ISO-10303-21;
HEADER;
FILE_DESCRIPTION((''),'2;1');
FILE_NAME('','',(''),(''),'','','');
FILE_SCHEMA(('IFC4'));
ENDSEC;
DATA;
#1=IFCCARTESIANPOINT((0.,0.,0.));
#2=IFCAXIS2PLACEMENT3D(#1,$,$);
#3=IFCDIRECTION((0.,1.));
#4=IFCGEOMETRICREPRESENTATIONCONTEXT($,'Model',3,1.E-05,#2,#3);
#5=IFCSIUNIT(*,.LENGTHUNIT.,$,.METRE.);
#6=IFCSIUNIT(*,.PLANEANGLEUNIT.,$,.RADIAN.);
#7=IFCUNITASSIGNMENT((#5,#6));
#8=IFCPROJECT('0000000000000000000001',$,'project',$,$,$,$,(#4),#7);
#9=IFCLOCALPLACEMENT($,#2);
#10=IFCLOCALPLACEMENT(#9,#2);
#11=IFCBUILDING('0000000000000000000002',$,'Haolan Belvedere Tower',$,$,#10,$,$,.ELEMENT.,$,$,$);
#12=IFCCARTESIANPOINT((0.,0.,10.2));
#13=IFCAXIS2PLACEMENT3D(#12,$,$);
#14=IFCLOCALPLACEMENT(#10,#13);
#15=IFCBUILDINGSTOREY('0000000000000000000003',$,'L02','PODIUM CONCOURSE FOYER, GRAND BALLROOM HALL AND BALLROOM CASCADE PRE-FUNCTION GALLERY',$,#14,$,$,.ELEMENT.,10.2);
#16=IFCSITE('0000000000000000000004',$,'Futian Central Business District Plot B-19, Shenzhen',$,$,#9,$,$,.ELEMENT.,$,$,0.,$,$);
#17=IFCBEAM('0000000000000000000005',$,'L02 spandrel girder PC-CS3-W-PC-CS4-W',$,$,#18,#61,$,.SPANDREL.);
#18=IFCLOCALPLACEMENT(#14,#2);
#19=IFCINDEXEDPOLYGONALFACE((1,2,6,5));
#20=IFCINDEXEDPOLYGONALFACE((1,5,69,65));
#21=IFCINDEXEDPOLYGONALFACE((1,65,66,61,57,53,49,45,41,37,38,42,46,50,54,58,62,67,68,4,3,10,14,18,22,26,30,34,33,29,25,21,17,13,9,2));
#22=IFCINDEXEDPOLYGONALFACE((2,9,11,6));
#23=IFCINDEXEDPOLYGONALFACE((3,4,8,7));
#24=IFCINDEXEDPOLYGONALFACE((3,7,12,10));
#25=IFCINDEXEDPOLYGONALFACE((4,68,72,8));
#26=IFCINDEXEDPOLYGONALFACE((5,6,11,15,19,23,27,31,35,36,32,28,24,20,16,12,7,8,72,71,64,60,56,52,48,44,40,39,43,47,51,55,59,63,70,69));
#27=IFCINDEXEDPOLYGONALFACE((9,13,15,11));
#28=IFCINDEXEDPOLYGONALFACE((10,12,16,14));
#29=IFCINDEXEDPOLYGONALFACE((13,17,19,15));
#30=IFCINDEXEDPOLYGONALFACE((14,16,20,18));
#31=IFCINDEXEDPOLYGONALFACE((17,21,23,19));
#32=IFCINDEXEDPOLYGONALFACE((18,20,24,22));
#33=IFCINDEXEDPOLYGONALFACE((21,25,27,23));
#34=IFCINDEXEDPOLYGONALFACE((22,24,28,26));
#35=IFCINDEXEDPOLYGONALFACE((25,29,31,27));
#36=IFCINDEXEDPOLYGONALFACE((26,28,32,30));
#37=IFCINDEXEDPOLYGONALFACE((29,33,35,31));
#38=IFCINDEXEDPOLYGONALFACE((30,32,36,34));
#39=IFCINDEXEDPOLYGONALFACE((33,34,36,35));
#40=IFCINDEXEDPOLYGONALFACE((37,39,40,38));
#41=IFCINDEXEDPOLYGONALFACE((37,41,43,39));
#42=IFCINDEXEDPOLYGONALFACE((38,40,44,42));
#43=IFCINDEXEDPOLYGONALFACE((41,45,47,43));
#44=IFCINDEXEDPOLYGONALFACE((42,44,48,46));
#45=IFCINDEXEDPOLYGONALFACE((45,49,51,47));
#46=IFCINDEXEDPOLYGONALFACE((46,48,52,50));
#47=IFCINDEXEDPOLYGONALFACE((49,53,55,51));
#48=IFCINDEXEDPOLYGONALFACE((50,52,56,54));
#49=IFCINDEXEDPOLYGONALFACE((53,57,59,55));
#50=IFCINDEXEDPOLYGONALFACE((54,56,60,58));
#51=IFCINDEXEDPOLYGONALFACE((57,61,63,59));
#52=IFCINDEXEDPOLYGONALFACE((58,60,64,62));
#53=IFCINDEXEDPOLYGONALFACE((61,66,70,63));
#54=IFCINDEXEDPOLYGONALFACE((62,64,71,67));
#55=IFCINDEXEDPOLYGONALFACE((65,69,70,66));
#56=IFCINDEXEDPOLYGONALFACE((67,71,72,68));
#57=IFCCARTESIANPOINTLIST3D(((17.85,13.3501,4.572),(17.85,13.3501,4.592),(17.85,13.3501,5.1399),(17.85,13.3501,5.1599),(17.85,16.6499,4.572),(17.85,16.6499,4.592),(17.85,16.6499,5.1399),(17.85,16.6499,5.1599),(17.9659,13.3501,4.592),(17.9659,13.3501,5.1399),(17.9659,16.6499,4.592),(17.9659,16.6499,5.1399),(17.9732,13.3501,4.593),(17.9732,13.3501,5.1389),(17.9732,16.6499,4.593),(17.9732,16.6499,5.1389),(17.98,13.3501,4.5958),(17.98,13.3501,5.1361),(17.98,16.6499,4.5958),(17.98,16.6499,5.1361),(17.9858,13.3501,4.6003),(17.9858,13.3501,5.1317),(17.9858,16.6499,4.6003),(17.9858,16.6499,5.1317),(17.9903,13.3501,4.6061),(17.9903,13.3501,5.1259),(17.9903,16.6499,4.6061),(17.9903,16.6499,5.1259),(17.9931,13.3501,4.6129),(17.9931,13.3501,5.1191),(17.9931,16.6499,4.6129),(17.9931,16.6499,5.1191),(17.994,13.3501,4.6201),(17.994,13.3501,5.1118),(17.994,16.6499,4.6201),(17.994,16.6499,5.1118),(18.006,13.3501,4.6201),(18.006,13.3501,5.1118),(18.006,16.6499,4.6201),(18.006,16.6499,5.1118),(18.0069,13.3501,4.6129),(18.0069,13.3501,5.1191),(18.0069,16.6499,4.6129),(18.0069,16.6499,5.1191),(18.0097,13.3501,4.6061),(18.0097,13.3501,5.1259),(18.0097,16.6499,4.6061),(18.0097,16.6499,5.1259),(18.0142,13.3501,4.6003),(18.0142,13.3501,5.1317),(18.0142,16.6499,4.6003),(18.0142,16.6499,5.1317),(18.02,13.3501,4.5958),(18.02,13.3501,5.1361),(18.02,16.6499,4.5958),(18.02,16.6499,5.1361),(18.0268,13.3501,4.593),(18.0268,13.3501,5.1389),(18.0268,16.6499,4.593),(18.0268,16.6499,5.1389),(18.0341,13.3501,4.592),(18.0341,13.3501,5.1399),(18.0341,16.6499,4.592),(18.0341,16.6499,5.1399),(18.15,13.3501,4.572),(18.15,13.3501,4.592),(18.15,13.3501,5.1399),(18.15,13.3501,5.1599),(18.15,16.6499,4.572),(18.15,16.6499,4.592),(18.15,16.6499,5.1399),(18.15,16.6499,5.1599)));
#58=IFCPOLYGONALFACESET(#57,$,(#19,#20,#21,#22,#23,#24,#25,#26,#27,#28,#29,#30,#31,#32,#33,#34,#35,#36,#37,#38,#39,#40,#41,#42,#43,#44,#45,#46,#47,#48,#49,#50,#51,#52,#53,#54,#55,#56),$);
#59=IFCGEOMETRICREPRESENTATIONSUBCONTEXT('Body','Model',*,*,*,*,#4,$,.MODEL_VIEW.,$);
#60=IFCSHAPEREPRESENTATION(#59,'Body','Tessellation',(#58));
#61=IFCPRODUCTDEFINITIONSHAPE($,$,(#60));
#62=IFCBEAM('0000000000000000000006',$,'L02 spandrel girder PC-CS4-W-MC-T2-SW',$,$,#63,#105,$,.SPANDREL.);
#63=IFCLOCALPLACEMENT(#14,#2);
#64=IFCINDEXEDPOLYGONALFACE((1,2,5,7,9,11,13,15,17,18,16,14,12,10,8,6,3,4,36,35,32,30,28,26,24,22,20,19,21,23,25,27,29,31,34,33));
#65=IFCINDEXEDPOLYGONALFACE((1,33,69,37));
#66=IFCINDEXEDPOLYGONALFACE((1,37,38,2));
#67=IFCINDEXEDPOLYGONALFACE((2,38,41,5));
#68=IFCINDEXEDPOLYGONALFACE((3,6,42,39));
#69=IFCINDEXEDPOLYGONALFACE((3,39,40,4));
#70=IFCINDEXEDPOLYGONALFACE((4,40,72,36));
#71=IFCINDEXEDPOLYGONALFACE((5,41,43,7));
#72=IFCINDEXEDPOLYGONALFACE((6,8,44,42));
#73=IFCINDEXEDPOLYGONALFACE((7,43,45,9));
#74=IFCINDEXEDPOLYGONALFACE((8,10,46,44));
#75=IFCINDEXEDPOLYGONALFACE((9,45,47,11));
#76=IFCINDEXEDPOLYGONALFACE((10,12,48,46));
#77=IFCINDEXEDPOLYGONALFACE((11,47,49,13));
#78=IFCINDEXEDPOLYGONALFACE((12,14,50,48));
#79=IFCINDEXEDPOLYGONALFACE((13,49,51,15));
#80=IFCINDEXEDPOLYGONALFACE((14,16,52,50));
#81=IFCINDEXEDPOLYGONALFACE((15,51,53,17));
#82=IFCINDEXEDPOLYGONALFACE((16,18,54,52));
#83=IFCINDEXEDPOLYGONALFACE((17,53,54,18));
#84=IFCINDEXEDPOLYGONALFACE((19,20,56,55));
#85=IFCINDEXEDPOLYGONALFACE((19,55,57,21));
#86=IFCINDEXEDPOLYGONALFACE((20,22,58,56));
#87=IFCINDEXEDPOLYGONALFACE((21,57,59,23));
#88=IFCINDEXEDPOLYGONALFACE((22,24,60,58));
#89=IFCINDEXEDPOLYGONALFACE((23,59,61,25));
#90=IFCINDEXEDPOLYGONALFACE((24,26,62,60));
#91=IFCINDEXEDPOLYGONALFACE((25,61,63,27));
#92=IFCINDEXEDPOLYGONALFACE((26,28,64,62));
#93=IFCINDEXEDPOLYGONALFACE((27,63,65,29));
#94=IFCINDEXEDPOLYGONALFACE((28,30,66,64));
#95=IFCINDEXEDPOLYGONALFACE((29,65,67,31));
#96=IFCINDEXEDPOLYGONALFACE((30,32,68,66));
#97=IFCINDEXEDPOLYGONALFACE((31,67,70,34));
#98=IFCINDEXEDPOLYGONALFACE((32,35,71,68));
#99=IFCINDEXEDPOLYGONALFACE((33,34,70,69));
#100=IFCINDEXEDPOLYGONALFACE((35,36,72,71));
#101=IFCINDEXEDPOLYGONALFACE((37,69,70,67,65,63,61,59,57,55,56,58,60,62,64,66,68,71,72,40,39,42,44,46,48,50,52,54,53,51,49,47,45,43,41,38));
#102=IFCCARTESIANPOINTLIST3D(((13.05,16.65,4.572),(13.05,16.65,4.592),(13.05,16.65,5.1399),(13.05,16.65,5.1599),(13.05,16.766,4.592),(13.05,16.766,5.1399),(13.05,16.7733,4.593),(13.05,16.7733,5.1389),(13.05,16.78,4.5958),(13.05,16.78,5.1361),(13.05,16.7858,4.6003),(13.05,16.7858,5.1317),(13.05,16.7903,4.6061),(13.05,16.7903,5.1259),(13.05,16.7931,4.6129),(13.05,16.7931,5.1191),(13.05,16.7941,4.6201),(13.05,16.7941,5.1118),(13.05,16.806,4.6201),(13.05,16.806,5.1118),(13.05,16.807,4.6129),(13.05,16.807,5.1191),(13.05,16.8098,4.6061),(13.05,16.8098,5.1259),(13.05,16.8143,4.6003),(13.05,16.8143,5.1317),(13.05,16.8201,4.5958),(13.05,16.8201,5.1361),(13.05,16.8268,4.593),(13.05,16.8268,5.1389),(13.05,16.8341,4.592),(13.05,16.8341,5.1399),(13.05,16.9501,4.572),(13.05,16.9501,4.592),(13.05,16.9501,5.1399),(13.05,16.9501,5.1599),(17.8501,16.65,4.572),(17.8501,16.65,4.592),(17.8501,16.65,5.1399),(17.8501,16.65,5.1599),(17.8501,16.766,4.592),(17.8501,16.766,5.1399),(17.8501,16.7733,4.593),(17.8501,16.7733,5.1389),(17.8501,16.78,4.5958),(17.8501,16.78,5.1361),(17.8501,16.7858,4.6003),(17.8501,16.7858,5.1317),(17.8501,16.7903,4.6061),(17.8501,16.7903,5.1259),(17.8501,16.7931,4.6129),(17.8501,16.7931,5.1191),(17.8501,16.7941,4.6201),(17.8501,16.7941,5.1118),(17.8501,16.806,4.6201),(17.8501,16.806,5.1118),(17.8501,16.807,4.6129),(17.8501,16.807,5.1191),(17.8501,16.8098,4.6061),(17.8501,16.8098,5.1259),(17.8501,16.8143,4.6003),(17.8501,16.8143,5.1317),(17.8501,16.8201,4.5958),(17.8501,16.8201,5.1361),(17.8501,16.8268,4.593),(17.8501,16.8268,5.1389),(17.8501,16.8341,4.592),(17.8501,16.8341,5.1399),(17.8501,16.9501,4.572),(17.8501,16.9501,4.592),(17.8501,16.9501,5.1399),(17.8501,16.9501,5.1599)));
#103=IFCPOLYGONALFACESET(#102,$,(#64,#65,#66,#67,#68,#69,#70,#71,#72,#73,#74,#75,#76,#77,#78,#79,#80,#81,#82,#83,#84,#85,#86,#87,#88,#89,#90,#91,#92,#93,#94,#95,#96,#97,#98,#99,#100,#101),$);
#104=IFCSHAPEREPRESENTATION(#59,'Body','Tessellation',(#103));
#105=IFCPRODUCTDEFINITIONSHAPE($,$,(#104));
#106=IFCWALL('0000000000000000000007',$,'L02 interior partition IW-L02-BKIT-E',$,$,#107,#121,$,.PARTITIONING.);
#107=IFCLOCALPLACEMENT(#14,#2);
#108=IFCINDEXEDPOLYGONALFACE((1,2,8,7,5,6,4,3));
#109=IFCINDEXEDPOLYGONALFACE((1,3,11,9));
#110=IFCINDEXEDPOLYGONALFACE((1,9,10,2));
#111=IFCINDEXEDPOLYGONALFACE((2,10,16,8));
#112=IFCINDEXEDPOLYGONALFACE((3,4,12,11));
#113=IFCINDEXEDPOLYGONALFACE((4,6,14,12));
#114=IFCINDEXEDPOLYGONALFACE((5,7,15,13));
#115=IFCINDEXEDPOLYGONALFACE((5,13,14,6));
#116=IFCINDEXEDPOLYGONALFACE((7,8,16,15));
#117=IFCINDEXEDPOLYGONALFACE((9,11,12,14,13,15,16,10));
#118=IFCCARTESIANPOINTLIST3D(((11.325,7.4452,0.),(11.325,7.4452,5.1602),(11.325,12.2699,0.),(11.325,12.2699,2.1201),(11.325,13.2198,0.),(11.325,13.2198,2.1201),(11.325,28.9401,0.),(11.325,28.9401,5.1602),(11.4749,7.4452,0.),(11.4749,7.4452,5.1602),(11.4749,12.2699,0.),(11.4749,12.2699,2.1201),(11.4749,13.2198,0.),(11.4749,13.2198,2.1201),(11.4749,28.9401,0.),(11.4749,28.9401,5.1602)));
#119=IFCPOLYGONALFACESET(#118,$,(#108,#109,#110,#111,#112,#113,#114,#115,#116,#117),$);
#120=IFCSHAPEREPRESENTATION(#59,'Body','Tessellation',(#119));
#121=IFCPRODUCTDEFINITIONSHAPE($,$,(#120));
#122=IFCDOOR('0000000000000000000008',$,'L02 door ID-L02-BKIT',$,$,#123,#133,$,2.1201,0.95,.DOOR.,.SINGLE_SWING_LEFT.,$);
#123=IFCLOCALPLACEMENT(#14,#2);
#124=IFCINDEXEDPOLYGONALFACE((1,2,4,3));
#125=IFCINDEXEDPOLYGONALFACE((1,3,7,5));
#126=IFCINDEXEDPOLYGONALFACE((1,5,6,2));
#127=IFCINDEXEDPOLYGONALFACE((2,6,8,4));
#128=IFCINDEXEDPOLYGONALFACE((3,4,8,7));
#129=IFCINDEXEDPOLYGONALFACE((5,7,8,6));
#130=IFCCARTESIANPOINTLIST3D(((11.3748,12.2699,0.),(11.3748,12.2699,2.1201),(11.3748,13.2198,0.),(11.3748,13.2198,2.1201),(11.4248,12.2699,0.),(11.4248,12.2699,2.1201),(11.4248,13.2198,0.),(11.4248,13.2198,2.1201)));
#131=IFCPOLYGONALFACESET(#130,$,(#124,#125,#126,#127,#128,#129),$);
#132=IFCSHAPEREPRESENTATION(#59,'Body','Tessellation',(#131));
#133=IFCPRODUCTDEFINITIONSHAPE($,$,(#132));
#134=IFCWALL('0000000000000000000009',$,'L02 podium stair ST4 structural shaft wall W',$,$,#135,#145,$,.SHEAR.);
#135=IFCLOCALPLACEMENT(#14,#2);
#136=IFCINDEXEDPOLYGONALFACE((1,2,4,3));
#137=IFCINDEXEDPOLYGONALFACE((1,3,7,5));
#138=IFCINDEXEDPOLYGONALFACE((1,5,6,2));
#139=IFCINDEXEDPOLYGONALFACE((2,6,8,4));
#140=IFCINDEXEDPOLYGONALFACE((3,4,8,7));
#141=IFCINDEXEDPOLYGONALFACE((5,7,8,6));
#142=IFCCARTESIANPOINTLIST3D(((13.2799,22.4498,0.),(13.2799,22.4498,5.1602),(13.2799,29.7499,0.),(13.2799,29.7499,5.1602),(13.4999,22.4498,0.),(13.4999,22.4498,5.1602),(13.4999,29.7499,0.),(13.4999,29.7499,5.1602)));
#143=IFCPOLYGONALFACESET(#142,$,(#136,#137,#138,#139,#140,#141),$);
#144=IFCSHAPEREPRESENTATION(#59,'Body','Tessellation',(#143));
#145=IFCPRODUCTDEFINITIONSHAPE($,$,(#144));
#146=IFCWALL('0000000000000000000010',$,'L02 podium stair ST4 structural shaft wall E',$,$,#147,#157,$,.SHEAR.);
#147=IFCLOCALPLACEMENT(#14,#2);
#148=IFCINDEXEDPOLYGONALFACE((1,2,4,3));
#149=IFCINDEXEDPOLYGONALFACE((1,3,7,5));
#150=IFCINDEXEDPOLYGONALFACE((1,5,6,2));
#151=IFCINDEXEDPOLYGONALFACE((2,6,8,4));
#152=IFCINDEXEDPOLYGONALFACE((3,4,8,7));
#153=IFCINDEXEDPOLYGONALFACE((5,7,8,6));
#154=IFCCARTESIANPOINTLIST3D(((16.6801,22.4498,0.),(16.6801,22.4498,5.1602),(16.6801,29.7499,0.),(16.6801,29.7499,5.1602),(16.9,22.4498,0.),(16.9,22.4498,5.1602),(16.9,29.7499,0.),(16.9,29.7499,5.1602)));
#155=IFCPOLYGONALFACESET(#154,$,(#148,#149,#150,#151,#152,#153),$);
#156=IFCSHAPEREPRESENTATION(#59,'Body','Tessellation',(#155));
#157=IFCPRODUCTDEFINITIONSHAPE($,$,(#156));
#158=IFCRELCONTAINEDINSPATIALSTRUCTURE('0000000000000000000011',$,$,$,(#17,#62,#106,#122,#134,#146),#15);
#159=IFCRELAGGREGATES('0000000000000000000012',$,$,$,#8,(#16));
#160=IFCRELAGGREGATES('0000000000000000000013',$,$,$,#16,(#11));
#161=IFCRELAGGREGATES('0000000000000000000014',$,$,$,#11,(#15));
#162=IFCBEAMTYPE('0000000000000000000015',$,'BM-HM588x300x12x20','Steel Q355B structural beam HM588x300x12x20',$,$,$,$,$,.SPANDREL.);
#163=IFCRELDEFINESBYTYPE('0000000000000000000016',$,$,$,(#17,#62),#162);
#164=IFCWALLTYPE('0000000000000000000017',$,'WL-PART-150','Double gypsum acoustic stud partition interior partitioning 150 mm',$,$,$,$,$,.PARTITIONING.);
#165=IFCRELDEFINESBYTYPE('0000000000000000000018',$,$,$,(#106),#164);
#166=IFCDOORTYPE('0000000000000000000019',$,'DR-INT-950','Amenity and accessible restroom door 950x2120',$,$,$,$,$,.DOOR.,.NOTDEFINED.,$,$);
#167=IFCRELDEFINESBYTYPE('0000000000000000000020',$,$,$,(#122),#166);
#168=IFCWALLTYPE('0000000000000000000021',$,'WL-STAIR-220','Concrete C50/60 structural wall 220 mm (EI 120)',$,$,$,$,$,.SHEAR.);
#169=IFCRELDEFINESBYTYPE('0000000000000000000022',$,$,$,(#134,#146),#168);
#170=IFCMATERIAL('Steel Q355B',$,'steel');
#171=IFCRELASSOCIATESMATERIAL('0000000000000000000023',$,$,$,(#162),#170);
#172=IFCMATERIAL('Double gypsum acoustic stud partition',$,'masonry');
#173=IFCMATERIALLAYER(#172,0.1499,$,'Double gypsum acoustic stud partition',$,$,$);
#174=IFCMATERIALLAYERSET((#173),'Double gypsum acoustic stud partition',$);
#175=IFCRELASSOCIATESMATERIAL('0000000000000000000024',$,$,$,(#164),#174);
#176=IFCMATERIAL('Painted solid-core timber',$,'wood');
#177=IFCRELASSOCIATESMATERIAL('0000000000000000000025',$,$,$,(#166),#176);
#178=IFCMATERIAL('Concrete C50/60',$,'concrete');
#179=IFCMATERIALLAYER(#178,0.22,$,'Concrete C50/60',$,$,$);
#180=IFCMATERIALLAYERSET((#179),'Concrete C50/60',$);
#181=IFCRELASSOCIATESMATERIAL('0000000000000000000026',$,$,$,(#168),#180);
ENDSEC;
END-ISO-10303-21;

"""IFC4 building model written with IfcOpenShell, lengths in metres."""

from ifc_helpers import new_model, si_unit, direction, frame, frame_2d, origin, origin_2d, place, context, subcontext, project, spatial, rectangle, i_section, extrude, material, layer, layer_set, material_profile, profile_set, type_object, element, fill, save


model = new_model("IFC4")

# Units and contexts
model_context = context("Model", 3, precision=1e-05, world=origin(), true_north=direction((0.0, 1.0)))
body_context = subcontext(model_context, "Body", "Model", "MODEL_VIEW")
ifc_project = project(units=[si_unit("LENGTHUNIT", "METRE"), si_unit("PLANEANGLEUNIT", "RADIAN")], contexts=[model_context])

# Site, building, storey
site_placement = place(None, origin())
site = spatial("IfcSite", under=ifc_project, at=site_placement, Name="Futian Central Business District Plot B-19, Shenzhen", CompositionType="ELEMENT", RefElevation=0.0)
building_placement = place(site_placement, origin())
building = spatial("IfcBuilding", under=site, at=building_placement, Name="Haolan Belvedere Tower", CompositionType="ELEMENT")
storey_placement = place(building_placement, frame((0.0, 0.0, 10.2)))
storey = spatial("IfcBuildingStorey", under=building, at=storey_placement, Name="L02", Description="PODIUM CONCOURSE FOYER, GRAND BALLROOM HALL AND BALLROOM CASCADE PRE-FUNCTION GALLERY", CompositionType="ELEMENT", Elevation=10.2)

# Shared definitions
ifc_material_1 = material(Name="Steel Q355B", Category="steel")

# Beams
ifc_material_profile_1 = material_profile(ifc_material_1, i_section(OverallWidth=0.3, OverallDepth=0.5879, WebThickness=0.012, FlangeThickness=0.02, FilletRadius=0.0281, at=origin_2d()), Name="Steel Q355B")
ifc_profile_set_1 = profile_set([ifc_material_profile_1], Name="Steel Q355B")
beam_type = type_object("IfcBeamType", Name="BM-HM588x300x12x20", Description="Steel Q355B structural beam HM588x300x12x20", PredefinedType="SPANDREL", material=ifc_profile_set_1)
beam_1_placement = place(storey_placement, frame((18.0, 13.3501, 4.866), z_axis=(0.0, 1.0, 0.0), x_axis=(-1.0, 0.0, 0.0)))
element("IfcBeam", 1, at=beam_1_placement, inside=storey, type_object=beam_type, Name="L02 spandrel girder PC-CS3-W-PC-CS4-W", PredefinedType="SPANDREL", context=body_context, shape_type="SweptSolid", body=[
    extrude(i_section(OverallWidth=0.3, OverallDepth=0.5879, WebThickness=0.012, FlangeThickness=0.02, FilletRadius=0.0281, at=origin_2d()), origin(), (0.0, 0.0, 1.0), 3.2998),
])
beam_2_placement = place(storey_placement, frame((17.8501, 16.8, 4.866), z_axis=(-1.0, 0.0, 0.0), x_axis=(0.0, -1.0, 0.0)))
element("IfcBeam", 2, at=beam_2_placement, inside=storey, type_object=beam_type, Name="L02 spandrel girder PC-CS4-W-MC-T2-SW", PredefinedType="SPANDREL", context=body_context, shape_type="SweptSolid", body=[
    extrude(i_section(OverallWidth=0.3, OverallDepth=0.5879, WebThickness=0.012, FlangeThickness=0.02, FilletRadius=0.0281, at=origin_2d()), origin(), (0.0, 0.0, 1.0), 4.8),
])

# Wall, opening, door
ifc_material_2 = material(Name="Double gypsum acoustic stud partition", Category="masonry")
ifc_layer_1 = layer(ifc_material_2, 0.1499, Name="Double gypsum acoustic stud partition")
ifc_layer_set_1 = layer_set([ifc_layer_1], Name="Double gypsum acoustic stud partition")
wall_type_1 = type_object("IfcWallType", Name="WL-PART-150", Description="Double gypsum acoustic stud partition interior partitioning 150 mm", PredefinedType="PARTITIONING", material=ifc_layer_set_1)
wall_1_placement = place(storey_placement, frame((11.3999, 7.4451, 0.0), z_axis=(0.0, 0.0, 1.0), x_axis=(0.0, 1.0, 0.0)))
wall_1 = element("IfcWall", 3, at=wall_1_placement, inside=storey, type_object=wall_type_1, Name="L02 interior partition IW-L02-BKIT-E", PredefinedType="PARTITIONING", context=body_context, shape_type="SweptSolid", body=[
    extrude(rectangle(XDim=21.4949, YDim=0.1499, at=frame_2d((10.7476, 0.0))), origin(), (0.0, 0.0, 1.0), 5.1602),
])
opening_placement = place(wall_1_placement, frame((5.7749, 0.0, 0.0), z_axis=(0.0, 0.0, 1.0), x_axis=(-1.0, 0.0, 0.0)))
opening = element("IfcOpeningElement", 4, at=opening_placement, cuts=wall_1, PredefinedType="OPENING", context=body_context, shape_type="SweptSolid", body=[
    extrude(rectangle(XDim=0.95, YDim=2.1201, at=frame_2d((0.4751, 1.0601))), frame((0.0, 0.085, 0.0), z_axis=(0.0, -1.0, 0.0), x_axis=(1.0, 0.0, 0.0)), (0.0, 0.0, 1.0), 0.1699),
])
ifc_material_3 = material(Name="Painted solid-core timber", Category="wood")
door_type = type_object("IfcDoorType", Name="DR-INT-950", Description="Amenity and accessible restroom door 950x2120", OperationType="NOTDEFINED", PredefinedType="DOOR", material=ifc_material_3)
door_placement = place(opening_placement, origin())
door = element("IfcDoor", 5, at=door_placement, inside=storey, type_object=door_type, Name="L02 door ID-L02-BKIT", OperationType="SINGLE_SWING_LEFT", OverallHeight=2.1201, OverallWidth=0.95, PredefinedType="DOOR", context=body_context, shape_type="SweptSolid", body=[
    extrude(rectangle(XDim=0.95, YDim=2.1201, at=frame_2d((0.4751, 1.0601))), frame((0.0, 0.0249, 0.0), z_axis=(0.0, -1.0, 0.0), x_axis=(1.0, 0.0, 0.0)), (0.0, 0.0, 1.0), 0.05),
])
fill(opening, door)

# Walls
ifc_material_4 = material(Name="Concrete C50/60", Category="concrete")
ifc_layer_2 = layer(ifc_material_4, 0.22, Name="Concrete C50/60")
ifc_layer_set_2 = layer_set([ifc_layer_2], Name="Concrete C50/60")
wall_type_2 = type_object("IfcWallType", Name="WL-STAIR-220", Description="Concrete C50/60 structural wall 220 mm (EI 120)", PredefinedType="SHEAR", material=ifc_layer_set_2)
for number, where, z_axis, x_axis, name in (
    (6, (13.3899, 22.45, 0.0), (0.0, 0.0, 1.0), (0.0, 1.0, 0.0), "L02 podium stair ST4 structural shaft wall W"),
    (7, (16.79, 22.45, 0.0), (0.0, 0.0, 1.0), (0.0, 1.0, 0.0), "L02 podium stair ST4 structural shaft wall E"),
):
    element("IfcWall", number, at=place(storey_placement, frame(where, z_axis=z_axis, x_axis=x_axis)), inside=storey, type_object=wall_type_2, Name=name, PredefinedType="SHEAR", context=body_context, shape_type="SweptSolid", body=[
        extrude(rectangle(XDim=7.3, YDim=0.22, at=frame_2d((3.6499, 0.0))), origin(), (0.0, 0.0, 1.0), 5.1602),
    ])

save(model, "model.ifc")
